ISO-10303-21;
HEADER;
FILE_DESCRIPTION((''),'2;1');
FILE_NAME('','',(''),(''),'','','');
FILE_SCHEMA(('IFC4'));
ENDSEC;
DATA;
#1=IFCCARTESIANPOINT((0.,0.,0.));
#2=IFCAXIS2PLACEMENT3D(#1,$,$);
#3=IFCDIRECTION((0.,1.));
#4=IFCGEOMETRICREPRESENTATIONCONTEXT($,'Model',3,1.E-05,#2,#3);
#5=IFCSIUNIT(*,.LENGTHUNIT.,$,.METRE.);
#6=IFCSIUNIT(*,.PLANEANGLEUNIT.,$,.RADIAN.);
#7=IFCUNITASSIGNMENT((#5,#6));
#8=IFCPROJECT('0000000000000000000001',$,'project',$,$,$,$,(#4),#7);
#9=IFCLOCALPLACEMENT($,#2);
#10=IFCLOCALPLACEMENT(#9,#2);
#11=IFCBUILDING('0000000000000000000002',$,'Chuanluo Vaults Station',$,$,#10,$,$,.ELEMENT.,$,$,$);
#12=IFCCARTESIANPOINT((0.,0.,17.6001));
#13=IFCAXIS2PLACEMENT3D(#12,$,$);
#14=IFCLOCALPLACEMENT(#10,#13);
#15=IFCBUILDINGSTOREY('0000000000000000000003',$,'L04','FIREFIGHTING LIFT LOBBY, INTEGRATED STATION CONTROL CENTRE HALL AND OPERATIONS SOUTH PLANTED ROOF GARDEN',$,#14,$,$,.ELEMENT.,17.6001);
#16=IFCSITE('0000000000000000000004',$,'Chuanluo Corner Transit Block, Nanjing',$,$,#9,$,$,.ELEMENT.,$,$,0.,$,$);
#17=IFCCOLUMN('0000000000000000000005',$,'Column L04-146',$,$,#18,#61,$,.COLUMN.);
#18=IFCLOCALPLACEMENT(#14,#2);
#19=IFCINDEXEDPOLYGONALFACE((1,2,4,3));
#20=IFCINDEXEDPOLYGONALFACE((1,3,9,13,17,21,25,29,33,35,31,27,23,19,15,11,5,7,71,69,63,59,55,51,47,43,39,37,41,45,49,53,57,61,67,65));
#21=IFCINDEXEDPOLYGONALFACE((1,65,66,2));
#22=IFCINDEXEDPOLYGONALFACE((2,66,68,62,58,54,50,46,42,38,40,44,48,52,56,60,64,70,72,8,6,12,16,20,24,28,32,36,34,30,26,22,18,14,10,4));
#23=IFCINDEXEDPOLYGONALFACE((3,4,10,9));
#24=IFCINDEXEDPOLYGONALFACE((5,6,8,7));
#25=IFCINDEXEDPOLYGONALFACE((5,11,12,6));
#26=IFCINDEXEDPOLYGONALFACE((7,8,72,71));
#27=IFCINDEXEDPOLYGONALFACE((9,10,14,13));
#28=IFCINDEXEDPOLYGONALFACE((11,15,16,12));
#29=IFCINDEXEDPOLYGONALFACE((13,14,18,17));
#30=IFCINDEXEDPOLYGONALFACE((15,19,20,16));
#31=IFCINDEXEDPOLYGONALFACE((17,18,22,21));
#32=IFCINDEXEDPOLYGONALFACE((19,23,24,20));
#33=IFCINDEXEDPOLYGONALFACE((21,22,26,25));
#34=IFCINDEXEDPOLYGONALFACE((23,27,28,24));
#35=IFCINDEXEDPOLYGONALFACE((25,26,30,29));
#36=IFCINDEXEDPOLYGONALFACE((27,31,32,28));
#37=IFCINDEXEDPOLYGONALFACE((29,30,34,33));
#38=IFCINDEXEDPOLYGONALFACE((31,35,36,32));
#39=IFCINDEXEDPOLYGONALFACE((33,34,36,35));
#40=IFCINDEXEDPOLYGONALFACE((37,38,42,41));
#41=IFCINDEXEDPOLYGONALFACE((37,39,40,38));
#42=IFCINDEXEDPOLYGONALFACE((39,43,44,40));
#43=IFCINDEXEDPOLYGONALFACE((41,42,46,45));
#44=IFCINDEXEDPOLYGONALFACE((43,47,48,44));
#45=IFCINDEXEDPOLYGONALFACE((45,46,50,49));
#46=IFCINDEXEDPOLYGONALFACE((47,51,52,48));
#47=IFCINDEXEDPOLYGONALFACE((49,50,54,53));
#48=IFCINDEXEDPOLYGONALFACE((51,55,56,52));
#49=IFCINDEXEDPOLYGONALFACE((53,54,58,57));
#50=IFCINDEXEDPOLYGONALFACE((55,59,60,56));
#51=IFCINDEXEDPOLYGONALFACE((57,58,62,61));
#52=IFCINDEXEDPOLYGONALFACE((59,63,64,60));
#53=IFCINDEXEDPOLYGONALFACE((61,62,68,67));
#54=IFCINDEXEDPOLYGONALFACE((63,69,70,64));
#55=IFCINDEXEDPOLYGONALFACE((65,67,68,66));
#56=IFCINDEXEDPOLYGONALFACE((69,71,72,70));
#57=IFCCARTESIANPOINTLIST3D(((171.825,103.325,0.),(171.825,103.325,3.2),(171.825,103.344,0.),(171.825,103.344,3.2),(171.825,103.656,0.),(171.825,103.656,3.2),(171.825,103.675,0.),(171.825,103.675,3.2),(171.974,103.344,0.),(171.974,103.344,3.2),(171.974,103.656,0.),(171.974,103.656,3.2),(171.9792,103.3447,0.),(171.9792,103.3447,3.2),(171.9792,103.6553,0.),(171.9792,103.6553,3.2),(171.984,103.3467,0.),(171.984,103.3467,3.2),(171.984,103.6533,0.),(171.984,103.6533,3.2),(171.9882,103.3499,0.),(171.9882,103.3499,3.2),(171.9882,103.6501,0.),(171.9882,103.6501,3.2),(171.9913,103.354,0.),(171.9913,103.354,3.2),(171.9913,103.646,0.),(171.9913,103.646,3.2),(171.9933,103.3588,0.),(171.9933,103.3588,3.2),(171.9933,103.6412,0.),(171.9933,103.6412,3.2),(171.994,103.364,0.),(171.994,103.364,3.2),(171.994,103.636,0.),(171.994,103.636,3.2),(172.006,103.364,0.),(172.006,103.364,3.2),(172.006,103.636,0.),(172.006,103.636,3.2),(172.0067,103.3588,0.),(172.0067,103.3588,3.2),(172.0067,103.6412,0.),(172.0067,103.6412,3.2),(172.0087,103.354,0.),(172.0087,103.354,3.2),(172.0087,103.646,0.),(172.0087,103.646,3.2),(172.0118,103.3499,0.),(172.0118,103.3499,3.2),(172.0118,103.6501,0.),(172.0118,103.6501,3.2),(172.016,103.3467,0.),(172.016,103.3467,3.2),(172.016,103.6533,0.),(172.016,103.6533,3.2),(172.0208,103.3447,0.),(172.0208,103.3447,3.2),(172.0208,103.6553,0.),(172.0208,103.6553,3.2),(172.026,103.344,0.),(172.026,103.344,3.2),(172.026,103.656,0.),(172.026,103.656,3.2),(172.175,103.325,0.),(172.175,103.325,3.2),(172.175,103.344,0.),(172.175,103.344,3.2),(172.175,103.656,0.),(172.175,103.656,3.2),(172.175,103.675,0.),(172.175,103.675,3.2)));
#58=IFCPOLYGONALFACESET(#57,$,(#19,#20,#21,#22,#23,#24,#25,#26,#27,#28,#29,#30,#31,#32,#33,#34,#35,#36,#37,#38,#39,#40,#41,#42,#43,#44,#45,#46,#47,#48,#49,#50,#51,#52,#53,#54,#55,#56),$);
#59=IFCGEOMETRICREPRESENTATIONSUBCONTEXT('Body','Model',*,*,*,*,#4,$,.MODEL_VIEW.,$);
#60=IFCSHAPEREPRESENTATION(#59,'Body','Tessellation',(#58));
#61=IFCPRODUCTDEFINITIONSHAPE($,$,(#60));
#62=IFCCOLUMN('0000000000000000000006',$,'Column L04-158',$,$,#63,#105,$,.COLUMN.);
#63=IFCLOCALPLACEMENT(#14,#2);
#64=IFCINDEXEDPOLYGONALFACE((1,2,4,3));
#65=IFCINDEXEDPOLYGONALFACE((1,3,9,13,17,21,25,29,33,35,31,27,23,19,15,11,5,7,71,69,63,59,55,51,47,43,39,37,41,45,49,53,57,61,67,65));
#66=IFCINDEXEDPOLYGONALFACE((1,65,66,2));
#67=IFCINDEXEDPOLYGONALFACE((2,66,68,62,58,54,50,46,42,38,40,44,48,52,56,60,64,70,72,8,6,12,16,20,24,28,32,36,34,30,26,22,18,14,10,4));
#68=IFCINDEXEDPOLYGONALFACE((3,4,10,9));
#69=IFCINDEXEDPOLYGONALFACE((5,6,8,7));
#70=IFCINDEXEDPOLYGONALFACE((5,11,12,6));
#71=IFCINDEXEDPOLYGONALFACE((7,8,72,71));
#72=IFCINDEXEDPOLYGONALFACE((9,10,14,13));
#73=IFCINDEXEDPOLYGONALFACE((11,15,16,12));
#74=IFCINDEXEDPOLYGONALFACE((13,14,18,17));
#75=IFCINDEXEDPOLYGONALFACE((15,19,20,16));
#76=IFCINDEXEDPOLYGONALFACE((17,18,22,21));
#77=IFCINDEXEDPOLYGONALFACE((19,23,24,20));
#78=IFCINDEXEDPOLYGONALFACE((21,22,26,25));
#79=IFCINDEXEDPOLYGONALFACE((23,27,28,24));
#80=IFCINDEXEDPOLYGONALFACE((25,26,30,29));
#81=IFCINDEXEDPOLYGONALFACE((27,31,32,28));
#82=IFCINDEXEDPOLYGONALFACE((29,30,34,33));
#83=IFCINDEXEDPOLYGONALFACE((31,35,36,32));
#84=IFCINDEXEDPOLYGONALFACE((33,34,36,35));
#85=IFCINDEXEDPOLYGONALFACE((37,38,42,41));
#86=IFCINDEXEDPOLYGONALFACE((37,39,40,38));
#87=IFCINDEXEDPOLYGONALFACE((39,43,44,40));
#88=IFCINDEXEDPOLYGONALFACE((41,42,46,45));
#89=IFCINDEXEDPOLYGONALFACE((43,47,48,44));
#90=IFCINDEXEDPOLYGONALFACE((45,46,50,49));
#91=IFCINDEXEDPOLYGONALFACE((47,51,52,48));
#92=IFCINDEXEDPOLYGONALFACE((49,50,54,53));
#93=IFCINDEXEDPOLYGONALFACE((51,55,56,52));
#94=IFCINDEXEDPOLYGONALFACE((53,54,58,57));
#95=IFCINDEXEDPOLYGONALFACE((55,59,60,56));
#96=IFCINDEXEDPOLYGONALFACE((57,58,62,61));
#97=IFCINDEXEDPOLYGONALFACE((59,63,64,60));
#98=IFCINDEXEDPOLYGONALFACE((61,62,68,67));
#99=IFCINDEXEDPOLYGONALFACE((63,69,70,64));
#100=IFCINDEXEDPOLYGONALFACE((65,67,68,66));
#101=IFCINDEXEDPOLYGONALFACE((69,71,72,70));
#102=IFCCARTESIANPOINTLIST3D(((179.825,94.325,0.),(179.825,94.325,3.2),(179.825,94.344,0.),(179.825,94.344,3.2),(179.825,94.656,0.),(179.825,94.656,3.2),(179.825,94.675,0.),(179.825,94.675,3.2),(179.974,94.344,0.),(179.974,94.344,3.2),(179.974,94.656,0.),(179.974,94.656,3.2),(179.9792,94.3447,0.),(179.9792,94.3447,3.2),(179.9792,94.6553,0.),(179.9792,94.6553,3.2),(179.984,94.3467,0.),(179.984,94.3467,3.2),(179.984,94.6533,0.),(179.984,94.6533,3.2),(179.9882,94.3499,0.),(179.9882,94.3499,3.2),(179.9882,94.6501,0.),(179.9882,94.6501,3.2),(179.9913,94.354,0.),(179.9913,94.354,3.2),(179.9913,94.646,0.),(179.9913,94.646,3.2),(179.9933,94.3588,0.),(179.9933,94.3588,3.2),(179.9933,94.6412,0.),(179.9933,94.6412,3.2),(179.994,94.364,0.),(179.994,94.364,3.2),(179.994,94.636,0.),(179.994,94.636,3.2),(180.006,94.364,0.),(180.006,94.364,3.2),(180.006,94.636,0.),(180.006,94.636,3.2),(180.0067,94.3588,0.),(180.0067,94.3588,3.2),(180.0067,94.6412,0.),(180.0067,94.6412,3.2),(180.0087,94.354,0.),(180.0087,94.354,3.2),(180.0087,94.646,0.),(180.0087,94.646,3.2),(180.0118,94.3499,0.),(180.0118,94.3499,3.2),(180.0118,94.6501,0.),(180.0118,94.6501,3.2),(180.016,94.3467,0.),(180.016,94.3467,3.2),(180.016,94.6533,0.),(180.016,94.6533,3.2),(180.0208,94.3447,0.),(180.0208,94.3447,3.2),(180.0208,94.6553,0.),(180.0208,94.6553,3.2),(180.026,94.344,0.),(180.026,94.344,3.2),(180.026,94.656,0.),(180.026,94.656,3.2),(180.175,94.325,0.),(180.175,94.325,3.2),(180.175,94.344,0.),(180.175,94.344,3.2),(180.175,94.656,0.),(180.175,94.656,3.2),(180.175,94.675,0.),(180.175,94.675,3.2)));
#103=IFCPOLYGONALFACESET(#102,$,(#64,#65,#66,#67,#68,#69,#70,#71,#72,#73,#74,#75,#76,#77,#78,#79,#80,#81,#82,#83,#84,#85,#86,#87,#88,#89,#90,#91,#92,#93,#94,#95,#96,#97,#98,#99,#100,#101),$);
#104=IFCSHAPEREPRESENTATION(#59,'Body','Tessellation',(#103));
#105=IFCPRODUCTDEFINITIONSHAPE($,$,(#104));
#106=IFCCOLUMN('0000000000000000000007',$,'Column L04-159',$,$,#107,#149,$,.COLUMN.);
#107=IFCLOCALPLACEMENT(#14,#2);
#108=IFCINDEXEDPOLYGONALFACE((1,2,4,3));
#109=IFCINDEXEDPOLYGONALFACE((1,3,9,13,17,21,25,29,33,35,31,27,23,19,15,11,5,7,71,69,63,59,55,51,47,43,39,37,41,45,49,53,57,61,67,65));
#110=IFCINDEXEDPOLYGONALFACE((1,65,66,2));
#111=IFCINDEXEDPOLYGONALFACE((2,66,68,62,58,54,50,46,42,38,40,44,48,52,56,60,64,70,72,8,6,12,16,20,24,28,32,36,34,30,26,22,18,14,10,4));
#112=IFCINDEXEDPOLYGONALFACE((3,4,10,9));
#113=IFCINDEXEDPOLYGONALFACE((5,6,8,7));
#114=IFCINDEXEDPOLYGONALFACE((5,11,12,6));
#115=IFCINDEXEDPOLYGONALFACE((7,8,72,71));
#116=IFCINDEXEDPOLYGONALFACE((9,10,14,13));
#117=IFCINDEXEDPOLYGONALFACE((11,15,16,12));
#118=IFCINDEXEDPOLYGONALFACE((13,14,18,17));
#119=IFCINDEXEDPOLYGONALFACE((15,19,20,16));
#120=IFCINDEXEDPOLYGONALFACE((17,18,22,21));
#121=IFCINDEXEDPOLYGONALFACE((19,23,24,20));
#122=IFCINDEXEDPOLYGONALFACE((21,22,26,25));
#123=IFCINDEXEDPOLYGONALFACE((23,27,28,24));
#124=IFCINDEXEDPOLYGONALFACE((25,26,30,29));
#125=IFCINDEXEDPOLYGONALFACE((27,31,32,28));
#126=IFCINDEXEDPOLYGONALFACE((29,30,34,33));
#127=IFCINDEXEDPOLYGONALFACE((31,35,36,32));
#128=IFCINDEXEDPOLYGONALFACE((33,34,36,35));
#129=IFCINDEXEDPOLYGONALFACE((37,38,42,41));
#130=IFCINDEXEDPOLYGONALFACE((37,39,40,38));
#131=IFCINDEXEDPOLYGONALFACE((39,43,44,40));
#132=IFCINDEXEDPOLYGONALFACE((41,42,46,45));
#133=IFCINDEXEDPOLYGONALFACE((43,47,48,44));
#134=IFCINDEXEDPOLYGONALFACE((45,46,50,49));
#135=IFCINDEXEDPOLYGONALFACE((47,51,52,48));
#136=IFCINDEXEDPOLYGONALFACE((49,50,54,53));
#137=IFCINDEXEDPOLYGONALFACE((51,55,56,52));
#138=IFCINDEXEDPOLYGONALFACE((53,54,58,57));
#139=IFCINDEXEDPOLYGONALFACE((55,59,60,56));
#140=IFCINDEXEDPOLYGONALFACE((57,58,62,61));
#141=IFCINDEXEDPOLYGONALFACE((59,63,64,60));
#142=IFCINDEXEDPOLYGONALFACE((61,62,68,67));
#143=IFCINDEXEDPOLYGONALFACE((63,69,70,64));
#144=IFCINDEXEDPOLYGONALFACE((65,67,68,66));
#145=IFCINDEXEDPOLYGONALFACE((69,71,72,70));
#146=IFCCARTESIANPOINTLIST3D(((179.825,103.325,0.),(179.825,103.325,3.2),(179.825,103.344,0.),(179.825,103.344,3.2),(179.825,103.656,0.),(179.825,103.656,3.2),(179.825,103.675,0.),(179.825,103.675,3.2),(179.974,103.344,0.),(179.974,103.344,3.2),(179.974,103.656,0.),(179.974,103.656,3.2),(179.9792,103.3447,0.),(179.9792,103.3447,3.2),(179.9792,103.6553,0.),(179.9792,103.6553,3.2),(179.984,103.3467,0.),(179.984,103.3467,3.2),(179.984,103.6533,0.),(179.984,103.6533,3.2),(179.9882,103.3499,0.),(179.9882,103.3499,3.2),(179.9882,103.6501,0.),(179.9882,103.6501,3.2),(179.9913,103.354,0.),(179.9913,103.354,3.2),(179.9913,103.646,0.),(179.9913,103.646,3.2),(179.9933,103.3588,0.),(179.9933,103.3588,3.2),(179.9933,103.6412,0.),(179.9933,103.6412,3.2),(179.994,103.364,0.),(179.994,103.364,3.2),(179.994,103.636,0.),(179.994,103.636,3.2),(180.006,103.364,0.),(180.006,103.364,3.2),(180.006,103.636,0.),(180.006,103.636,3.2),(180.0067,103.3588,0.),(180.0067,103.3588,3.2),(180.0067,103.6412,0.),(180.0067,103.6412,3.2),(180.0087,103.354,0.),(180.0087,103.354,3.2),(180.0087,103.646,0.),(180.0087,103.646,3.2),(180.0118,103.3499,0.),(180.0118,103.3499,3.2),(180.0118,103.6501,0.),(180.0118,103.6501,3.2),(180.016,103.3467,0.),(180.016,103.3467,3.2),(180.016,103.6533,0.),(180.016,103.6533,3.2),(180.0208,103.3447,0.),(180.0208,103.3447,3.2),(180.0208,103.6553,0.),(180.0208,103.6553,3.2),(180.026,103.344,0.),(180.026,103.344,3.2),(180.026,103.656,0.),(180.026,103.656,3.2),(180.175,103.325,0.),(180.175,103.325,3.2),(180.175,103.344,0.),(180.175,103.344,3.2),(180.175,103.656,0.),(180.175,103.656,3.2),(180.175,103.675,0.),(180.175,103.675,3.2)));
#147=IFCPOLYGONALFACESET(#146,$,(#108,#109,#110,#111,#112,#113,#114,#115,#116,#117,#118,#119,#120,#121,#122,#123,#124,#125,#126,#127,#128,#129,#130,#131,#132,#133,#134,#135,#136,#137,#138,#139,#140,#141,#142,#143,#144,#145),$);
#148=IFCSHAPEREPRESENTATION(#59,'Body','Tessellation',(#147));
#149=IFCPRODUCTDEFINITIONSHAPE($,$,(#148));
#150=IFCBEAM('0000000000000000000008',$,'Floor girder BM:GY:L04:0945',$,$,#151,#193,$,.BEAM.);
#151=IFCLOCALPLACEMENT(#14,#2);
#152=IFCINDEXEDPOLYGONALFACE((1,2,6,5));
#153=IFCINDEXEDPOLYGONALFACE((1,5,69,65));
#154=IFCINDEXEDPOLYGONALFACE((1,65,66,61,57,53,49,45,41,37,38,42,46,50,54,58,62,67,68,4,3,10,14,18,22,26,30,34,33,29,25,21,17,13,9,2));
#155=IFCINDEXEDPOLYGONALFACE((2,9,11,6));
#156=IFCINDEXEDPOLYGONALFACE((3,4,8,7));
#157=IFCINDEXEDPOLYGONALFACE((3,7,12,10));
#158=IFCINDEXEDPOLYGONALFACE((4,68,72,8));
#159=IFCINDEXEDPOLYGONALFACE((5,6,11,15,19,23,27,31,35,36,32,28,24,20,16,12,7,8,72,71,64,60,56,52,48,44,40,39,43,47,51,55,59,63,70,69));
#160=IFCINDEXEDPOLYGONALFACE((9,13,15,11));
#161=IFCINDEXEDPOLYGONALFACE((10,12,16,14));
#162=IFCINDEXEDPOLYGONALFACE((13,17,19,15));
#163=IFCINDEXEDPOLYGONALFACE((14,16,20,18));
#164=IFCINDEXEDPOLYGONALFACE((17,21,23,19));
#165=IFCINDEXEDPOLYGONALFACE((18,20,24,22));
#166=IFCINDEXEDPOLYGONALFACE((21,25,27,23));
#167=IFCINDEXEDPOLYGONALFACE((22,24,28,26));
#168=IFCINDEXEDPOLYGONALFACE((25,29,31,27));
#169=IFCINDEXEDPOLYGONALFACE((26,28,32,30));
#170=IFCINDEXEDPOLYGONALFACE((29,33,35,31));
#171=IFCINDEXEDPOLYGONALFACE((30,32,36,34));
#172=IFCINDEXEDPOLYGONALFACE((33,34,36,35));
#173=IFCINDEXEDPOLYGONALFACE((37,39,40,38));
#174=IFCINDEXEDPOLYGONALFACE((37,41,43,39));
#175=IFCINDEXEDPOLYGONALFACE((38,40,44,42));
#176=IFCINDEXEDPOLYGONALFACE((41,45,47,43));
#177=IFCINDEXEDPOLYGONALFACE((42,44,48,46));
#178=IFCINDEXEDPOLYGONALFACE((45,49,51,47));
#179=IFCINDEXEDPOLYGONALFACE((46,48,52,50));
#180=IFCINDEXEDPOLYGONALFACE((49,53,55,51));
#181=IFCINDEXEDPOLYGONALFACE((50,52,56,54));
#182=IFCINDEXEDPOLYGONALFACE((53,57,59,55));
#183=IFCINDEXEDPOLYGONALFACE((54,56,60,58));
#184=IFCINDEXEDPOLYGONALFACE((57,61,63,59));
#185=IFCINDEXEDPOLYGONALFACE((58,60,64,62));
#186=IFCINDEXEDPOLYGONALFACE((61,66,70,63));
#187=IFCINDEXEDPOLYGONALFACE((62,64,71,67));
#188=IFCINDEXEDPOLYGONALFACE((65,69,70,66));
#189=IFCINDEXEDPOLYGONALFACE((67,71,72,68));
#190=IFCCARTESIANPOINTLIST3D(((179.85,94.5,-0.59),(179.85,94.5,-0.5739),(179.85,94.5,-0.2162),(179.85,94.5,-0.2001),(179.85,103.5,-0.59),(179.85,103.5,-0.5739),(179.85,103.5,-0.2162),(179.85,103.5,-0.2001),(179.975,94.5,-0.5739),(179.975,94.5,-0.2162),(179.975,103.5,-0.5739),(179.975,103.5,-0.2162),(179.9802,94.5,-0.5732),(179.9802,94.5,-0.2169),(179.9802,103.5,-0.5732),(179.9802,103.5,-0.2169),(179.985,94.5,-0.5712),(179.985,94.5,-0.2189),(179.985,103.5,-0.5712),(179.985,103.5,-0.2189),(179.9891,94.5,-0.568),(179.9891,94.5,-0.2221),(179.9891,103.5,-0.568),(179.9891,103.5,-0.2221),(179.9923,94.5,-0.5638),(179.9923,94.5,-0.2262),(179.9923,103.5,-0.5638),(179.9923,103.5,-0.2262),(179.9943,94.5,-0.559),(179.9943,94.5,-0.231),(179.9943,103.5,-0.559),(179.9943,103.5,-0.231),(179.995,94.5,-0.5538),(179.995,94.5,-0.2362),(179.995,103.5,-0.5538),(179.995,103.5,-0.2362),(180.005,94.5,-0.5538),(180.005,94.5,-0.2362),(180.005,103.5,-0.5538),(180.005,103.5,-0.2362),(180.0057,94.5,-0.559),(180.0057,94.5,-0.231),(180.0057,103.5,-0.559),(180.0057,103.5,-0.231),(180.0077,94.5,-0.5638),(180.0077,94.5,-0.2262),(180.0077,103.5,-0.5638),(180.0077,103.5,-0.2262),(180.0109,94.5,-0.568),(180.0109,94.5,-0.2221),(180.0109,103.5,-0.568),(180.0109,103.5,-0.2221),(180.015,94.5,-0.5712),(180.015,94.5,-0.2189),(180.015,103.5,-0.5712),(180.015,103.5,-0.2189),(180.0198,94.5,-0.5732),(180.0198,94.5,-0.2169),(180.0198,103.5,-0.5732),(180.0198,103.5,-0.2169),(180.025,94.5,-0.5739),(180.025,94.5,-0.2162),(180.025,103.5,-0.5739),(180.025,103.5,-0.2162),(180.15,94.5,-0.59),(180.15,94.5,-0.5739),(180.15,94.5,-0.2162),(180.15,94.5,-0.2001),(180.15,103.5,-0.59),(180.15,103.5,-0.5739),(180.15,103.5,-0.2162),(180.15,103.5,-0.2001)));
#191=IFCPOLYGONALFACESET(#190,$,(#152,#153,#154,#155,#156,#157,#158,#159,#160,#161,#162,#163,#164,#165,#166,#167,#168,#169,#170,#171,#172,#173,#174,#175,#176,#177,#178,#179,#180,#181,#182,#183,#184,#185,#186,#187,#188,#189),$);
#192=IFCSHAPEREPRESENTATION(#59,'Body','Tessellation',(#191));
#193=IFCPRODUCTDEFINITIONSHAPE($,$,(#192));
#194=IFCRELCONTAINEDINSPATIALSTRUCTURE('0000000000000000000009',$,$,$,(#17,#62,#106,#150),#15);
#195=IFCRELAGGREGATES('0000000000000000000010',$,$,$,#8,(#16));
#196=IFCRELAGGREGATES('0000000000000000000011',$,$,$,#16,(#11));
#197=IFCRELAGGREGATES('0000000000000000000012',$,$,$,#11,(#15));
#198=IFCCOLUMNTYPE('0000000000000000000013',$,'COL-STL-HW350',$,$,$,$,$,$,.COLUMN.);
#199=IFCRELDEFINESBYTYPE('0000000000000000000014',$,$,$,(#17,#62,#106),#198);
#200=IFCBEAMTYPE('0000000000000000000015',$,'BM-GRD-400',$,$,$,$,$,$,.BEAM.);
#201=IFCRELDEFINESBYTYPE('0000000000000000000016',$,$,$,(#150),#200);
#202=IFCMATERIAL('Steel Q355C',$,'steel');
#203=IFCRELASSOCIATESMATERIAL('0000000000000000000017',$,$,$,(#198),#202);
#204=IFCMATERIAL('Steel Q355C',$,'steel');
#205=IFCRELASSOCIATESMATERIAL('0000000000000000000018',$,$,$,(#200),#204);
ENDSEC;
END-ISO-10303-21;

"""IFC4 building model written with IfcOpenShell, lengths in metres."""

from ifc_helpers import new_model, si_unit, direction, frame, origin, origin_2d, place, context, subcontext, project, spatial, i_section, extrude, material, material_profile, profile_set, type_object, element, save


model = new_model("IFC4")

# Units and contexts
model_context = context("Model", 3, precision=1e-05, world=origin(), true_north=direction((0.0, 1.0)))
body_context = subcontext(model_context, "Body", "Model", "MODEL_VIEW")
ifc_project = project(units=[si_unit("LENGTHUNIT", "METRE"), si_unit("PLANEANGLEUNIT", "RADIAN")], contexts=[model_context])

# Site, building, storey
site_placement = place(None, origin())
site = spatial("IfcSite", under=ifc_project, at=site_placement, Name="Chuanluo Corner Transit Block, Nanjing", CompositionType="ELEMENT", RefElevation=0.0)
building_placement = place(site_placement, origin())
building = spatial("IfcBuilding", under=site, at=building_placement, Name="Chuanluo Vaults Station", CompositionType="ELEMENT")
storey_placement = place(building_placement, frame((0.0, 0.0, 17.6001)))
storey = spatial("IfcBuildingStorey", under=building, at=storey_placement, Name="L04", Description="FIREFIGHTING LIFT LOBBY, INTEGRATED STATION CONTROL CENTRE HALL AND OPERATIONS SOUTH PLANTED ROOF GARDEN", CompositionType="ELEMENT", Elevation=17.6001)

# Columns
ifc_material_1 = material(Name="Steel Q355C", Category="steel")
ifc_material_profile_1 = material_profile(ifc_material_1, i_section(OverallWidth=0.3501, OverallDepth=0.3501, WebThickness=0.012, FlangeThickness=0.019, FilletRadius=0.02, at=origin_2d()))
ifc_profile_set_1 = profile_set([ifc_material_profile_1], Name="Steel Q355C")
column_type = type_object("IfcColumnType", Name="COL-STL-HW350", PredefinedType="COLUMN", material=ifc_profile_set_1)
for number, where, z_axis, x_axis, name in (
    (1, (172.0, 103.5, 0.0), (0.0, 0.0, 1.0), (1.0, 0.0, 0.0), "Column L04-146"),
    (2, (180.0, 94.5, 0.0), (0.0, 0.0, 1.0), (1.0, 0.0, 0.0), "Column L04-158"),
    (3, (180.0, 103.5, 0.0), (0.0, 0.0, 1.0), (1.0, 0.0, 0.0), "Column L04-159"),
):
    element("IfcColumn", number, at=place(storey_placement, frame(where, z_axis=z_axis, x_axis=x_axis)), inside=storey, type_object=column_type, Name=name, PredefinedType="COLUMN", context=body_context, shape_type="SweptSolid", body=[
        extrude(i_section(OverallWidth=0.3501, OverallDepth=0.3501, WebThickness=0.012, FlangeThickness=0.019, FilletRadius=0.02, at=origin_2d()), origin(), (0.0, 0.0, 1.0), 3.2),
    ])

# Beam
ifc_material_2 = material(Name="Steel Q355C", Category="steel")
ifc_material_profile_2 = material_profile(ifc_material_2, i_section(OverallWidth=0.3, OverallDepth=0.3899, WebThickness=0.01, FlangeThickness=0.0161, FilletRadius=0.02, at=origin_2d()))
ifc_profile_set_2 = profile_set([ifc_material_profile_2], Name="Steel Q355C")
beam_type_1 = type_object("IfcBeamType", Name="BM-GRD-400", PredefinedType="BEAM", material=ifc_profile_set_2)
beam_1_placement = place(storey_placement, frame((180.0, 94.5, -0.395), z_axis=(0.0, 1.0, 0.0), x_axis=(-1.0, 0.0, 0.0)))
element("IfcBeam", 4, at=beam_1_placement, inside=storey, type_object=beam_type_1, Name="Floor girder BM:GY:L04:0945", PredefinedType="BEAM", context=body_context, shape_type="SweptSolid", body=[
    extrude(i_section(OverallWidth=0.3, OverallDepth=0.3899, WebThickness=0.01, FlangeThickness=0.0161, FilletRadius=0.02, at=origin_2d()), origin(), (0.0, 0.0, 1.0), 9.0),
])

save(model, "model.ifc")
